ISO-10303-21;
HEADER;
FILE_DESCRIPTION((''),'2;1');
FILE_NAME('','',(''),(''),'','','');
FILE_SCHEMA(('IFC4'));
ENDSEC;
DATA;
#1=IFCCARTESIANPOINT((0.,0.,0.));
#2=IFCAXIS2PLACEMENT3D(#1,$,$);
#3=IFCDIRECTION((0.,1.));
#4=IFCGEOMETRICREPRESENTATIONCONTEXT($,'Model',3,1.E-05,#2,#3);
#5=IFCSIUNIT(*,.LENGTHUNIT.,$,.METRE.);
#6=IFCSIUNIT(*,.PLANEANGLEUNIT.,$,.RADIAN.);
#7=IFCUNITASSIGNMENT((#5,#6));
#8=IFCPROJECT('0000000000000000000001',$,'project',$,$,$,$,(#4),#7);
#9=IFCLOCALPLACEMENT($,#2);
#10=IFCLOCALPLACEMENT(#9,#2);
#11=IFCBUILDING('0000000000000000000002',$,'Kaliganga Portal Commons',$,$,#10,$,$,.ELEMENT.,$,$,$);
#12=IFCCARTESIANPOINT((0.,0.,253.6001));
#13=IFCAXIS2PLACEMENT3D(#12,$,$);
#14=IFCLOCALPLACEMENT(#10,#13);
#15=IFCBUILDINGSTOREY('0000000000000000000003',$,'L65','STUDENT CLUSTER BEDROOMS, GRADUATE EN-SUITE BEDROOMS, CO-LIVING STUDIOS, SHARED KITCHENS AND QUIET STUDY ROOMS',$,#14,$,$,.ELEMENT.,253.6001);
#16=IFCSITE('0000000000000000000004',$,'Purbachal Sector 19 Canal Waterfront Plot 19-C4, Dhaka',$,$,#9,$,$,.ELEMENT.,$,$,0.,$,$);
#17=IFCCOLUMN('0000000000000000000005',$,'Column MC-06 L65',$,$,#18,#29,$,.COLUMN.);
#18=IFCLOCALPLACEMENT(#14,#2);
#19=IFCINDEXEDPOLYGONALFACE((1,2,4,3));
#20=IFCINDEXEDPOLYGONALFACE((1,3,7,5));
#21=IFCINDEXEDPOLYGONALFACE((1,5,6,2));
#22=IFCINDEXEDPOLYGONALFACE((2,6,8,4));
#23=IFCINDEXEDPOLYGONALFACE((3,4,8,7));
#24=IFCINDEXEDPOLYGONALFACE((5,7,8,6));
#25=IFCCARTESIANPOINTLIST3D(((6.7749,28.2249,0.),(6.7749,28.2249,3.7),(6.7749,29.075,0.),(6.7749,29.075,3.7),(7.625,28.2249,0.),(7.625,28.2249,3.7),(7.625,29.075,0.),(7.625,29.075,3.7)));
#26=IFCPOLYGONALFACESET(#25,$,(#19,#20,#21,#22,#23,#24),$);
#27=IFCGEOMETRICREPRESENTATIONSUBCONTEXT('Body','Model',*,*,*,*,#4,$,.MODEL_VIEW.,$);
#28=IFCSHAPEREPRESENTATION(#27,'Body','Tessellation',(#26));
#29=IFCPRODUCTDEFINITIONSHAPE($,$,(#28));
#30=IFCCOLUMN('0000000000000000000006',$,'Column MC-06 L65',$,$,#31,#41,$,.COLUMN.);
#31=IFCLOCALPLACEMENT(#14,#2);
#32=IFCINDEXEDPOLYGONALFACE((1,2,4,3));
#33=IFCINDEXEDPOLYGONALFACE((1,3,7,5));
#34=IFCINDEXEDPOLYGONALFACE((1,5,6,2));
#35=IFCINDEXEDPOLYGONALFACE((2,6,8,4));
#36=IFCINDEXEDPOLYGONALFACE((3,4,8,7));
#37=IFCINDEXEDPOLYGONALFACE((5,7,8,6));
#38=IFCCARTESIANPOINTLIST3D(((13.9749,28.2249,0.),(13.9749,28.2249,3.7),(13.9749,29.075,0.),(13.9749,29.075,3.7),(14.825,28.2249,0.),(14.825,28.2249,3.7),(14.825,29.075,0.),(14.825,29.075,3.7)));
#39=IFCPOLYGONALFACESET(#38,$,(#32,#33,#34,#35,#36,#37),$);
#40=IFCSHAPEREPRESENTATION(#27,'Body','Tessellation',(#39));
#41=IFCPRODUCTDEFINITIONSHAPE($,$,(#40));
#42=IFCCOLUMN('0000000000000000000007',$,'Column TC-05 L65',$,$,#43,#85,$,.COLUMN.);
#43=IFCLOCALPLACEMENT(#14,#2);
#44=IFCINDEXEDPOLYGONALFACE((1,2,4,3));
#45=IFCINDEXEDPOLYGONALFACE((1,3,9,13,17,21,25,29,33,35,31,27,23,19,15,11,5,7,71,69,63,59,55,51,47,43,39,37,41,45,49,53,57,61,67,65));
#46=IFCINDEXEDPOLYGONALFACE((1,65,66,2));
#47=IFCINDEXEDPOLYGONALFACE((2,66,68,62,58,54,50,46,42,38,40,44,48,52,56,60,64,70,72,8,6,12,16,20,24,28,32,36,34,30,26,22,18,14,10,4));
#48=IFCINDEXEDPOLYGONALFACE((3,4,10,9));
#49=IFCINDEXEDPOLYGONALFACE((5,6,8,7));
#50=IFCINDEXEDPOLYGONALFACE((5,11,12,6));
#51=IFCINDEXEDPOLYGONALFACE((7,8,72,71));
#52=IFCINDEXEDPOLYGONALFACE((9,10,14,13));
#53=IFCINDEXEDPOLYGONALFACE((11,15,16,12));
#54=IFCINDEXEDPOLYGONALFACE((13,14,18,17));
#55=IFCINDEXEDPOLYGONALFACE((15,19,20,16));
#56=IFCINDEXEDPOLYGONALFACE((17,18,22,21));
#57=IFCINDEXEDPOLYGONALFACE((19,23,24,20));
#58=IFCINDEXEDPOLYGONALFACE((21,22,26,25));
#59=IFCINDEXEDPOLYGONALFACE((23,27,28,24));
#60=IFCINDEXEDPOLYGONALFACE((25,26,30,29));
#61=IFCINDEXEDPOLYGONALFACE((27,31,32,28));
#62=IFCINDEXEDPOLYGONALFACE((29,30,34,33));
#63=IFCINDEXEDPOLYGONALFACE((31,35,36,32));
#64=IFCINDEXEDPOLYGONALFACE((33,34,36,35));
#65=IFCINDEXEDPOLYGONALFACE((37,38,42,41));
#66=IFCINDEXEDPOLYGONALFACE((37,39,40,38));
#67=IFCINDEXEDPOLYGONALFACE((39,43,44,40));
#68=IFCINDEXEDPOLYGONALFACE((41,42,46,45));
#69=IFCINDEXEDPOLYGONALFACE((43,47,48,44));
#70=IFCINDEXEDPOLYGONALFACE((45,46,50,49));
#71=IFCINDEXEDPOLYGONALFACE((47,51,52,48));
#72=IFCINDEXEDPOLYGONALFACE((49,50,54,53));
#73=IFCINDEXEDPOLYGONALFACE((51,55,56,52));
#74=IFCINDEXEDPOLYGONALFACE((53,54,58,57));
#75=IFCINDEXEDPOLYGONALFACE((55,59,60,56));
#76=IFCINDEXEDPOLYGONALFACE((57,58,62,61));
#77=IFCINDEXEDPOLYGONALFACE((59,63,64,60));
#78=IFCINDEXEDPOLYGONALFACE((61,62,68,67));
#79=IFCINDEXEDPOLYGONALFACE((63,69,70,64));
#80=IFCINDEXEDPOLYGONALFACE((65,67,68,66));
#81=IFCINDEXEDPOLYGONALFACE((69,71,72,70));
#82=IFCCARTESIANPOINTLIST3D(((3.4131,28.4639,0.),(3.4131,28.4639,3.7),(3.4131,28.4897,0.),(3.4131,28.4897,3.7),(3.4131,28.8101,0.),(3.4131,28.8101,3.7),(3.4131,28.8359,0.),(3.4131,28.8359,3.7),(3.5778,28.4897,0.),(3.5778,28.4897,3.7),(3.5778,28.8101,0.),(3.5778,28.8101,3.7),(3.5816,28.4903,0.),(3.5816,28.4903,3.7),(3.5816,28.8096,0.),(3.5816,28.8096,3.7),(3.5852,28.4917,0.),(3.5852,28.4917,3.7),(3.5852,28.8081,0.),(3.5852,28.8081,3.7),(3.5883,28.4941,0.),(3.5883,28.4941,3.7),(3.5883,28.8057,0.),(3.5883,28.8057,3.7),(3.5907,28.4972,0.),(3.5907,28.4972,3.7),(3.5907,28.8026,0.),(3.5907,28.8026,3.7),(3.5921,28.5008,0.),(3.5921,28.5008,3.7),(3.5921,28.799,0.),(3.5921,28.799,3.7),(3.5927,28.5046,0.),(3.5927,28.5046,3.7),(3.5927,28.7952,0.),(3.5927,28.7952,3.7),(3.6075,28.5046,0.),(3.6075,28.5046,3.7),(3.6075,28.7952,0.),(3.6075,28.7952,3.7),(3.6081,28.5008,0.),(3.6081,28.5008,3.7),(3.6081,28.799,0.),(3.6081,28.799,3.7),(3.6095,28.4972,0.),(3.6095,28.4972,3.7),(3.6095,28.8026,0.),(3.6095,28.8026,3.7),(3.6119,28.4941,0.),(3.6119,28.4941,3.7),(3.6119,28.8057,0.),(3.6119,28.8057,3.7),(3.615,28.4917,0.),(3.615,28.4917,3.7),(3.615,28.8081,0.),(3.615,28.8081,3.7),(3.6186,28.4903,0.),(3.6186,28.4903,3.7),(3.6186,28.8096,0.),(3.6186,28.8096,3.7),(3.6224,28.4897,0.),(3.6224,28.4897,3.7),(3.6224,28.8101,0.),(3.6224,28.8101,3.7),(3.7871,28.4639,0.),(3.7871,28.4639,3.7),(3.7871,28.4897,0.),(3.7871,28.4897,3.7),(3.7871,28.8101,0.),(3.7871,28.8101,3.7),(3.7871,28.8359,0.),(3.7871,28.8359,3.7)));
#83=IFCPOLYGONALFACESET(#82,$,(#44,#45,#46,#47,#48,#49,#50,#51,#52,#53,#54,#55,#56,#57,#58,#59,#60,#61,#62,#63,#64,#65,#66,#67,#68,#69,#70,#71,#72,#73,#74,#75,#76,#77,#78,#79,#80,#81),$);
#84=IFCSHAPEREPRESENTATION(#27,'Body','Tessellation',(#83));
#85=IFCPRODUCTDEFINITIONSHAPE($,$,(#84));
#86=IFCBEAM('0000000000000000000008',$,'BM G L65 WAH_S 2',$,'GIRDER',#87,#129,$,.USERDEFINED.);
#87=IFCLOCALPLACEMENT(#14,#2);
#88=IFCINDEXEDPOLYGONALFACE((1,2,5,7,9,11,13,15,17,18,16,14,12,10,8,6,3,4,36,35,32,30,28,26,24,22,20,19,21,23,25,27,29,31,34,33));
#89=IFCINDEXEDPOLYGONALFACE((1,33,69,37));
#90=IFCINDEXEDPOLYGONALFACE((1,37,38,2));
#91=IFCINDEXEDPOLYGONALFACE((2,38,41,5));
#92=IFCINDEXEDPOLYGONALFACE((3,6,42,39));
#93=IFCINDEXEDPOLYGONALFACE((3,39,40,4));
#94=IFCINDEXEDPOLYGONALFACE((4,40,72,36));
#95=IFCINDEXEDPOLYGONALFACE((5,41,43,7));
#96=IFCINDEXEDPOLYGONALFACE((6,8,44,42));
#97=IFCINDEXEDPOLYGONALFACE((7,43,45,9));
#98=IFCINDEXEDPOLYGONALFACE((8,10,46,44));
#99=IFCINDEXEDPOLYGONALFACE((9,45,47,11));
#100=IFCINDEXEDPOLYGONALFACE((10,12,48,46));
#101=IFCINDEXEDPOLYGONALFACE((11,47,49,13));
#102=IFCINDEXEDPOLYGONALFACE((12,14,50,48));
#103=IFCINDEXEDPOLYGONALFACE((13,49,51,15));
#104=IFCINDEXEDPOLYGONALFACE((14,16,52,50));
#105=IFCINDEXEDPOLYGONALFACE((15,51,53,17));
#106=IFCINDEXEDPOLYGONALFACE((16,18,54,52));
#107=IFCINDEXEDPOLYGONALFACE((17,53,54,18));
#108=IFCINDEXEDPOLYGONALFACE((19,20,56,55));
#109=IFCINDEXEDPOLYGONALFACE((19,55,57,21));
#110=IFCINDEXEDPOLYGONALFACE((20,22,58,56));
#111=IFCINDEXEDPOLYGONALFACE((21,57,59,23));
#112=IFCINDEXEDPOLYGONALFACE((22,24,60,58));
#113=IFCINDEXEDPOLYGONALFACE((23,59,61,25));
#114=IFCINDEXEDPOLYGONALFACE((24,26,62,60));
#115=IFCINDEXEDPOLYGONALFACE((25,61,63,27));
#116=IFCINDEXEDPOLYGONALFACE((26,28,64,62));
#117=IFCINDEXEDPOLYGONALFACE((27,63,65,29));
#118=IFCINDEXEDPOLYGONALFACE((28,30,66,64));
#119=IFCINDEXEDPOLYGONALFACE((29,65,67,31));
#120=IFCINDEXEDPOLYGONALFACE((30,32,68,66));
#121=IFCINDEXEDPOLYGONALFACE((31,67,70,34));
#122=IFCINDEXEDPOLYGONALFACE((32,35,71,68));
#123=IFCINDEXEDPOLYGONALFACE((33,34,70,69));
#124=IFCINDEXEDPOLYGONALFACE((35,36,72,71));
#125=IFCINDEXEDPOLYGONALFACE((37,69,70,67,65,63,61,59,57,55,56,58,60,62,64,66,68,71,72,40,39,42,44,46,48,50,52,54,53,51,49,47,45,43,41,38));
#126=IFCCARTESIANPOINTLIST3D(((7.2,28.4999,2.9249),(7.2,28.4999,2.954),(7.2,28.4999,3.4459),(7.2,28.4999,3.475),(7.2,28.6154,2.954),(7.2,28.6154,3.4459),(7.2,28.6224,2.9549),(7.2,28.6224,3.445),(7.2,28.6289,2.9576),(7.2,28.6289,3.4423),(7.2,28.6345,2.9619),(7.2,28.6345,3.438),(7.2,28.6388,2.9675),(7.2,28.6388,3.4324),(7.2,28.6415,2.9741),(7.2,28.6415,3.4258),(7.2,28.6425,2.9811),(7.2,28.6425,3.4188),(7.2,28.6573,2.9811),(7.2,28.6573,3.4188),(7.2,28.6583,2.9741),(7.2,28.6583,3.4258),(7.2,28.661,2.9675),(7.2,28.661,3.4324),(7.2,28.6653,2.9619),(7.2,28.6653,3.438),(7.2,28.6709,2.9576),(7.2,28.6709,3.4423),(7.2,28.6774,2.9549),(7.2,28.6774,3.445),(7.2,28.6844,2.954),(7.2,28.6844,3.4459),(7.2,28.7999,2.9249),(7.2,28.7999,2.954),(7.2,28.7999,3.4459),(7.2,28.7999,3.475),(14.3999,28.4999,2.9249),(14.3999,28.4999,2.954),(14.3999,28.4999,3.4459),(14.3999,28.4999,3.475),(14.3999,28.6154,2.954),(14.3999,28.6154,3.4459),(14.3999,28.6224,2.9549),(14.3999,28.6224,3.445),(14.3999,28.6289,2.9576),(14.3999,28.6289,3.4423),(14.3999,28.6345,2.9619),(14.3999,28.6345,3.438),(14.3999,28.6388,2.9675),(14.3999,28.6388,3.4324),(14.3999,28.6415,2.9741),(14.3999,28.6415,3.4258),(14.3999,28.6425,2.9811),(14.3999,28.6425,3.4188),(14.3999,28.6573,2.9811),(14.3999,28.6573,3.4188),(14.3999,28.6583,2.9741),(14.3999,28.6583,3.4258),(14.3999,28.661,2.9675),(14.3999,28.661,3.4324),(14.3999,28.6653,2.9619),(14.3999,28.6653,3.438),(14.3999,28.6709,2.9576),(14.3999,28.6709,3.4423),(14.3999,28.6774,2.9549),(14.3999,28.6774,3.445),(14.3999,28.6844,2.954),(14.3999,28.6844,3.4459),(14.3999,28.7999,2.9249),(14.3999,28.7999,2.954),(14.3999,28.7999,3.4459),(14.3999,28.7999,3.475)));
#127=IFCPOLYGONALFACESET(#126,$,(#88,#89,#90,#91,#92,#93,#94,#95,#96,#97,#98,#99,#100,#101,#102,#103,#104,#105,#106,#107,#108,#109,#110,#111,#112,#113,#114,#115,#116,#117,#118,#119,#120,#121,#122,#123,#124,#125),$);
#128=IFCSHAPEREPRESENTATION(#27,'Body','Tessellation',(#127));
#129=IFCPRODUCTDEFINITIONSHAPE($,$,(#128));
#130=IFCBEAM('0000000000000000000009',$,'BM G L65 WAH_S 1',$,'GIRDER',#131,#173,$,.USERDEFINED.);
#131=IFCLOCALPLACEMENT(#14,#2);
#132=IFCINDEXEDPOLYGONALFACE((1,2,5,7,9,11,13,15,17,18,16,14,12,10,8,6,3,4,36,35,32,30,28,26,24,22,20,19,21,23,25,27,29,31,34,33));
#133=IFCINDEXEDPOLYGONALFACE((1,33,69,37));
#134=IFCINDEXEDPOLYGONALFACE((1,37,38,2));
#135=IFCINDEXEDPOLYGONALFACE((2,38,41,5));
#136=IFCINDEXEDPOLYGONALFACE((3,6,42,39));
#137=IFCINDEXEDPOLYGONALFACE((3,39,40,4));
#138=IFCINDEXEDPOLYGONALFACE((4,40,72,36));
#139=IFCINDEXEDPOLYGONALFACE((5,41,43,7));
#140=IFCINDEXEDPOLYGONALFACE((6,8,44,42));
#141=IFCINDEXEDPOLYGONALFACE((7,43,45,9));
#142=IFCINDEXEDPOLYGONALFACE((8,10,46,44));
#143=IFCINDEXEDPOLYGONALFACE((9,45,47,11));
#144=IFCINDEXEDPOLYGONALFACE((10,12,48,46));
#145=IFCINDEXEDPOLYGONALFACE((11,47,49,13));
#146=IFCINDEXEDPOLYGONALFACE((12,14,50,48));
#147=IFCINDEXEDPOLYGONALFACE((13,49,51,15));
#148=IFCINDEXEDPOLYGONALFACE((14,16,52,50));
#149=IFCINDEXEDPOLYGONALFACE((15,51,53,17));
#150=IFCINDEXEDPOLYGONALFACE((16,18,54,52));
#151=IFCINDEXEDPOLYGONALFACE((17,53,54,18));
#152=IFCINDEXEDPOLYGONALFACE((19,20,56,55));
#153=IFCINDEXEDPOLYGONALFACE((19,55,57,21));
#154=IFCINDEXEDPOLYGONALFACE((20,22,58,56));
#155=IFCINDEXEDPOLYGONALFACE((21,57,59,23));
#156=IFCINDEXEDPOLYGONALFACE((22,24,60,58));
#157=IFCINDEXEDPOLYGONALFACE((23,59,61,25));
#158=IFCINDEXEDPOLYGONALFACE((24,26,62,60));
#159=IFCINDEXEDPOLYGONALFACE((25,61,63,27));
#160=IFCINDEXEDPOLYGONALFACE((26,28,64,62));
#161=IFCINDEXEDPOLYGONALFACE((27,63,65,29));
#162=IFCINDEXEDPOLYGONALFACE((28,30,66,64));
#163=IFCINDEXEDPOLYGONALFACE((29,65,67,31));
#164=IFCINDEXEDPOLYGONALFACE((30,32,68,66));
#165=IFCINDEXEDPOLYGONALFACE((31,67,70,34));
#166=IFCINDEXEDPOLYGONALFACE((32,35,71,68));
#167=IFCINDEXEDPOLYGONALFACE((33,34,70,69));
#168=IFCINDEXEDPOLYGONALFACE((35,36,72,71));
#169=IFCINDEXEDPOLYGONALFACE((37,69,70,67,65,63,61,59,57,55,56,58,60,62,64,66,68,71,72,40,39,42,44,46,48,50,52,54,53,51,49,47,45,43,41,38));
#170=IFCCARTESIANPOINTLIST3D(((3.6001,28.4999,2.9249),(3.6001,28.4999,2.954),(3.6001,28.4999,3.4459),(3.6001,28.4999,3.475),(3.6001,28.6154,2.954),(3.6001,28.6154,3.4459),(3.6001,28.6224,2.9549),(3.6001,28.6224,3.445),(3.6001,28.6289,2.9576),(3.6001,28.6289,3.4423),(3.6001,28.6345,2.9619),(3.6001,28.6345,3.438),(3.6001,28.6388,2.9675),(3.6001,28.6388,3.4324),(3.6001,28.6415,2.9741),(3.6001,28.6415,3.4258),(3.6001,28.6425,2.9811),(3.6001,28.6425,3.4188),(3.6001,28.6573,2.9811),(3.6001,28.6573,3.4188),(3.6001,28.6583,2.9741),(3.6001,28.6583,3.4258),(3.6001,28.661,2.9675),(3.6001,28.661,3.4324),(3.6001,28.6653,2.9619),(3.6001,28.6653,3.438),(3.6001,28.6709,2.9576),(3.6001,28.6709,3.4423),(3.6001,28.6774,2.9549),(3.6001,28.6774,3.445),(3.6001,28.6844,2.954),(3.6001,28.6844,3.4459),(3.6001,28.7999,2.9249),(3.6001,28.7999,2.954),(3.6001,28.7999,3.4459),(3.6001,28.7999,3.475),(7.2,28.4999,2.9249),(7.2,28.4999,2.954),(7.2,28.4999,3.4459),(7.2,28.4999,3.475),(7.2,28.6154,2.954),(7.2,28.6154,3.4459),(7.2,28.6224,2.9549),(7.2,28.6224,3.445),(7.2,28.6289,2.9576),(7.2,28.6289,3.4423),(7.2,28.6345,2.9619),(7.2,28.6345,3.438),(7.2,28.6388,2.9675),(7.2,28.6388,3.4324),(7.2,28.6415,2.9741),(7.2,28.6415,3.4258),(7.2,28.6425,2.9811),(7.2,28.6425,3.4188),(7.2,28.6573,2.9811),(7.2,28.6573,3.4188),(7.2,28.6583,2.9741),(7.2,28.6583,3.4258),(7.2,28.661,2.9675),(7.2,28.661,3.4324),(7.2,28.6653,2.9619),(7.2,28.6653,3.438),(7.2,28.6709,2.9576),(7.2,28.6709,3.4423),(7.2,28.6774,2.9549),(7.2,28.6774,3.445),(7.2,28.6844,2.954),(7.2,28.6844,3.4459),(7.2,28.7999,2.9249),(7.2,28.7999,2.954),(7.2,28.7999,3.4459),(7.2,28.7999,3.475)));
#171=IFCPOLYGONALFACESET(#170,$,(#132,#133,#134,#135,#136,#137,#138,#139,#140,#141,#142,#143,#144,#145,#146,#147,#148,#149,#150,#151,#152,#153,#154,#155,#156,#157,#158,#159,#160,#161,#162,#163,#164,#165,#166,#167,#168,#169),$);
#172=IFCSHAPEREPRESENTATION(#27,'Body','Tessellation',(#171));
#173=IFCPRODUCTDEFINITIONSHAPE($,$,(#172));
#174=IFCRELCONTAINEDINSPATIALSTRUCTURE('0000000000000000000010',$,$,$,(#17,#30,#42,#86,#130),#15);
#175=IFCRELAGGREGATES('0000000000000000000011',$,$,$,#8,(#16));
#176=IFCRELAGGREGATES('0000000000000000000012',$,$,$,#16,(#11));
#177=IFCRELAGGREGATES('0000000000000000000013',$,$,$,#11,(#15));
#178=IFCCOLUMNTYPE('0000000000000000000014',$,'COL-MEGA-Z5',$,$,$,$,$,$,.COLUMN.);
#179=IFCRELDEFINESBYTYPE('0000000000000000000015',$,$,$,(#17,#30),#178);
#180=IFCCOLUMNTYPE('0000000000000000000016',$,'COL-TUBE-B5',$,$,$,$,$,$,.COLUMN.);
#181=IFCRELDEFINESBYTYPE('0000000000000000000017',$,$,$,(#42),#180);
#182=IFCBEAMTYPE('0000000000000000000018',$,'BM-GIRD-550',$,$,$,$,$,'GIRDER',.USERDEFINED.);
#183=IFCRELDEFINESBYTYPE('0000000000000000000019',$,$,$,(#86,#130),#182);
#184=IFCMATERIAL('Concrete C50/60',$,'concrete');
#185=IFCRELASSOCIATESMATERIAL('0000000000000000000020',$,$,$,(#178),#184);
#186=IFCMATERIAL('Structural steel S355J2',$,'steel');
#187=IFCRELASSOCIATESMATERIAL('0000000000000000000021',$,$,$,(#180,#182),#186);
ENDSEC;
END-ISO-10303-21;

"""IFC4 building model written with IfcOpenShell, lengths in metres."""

from ifc_helpers import new_model, si_unit, direction, frame, origin, origin_2d, place, context, subcontext, project, spatial, rectangle, i_section, extrude, source, transform, mapped, material, material_profile, profile_set, type_object, element, save


model = new_model("IFC4")

# Units and contexts
model_context = context("Model", 3, precision=1e-05, world=origin(), true_north=direction((0.0, 1.0)))
body_context = subcontext(model_context, "Body", "Model", "MODEL_VIEW")
ifc_project = project(units=[si_unit("LENGTHUNIT", "METRE"), si_unit("PLANEANGLEUNIT", "RADIAN")], contexts=[model_context])

# Site, building, storey
site_placement = place(None, origin())
site = spatial("IfcSite", under=ifc_project, at=site_placement, Name="Purbachal Sector 19 Canal Waterfront Plot 19-C4, Dhaka", CompositionType="ELEMENT", RefElevation=0.0)
building_placement = place(site_placement, origin())
building = spatial("IfcBuilding", under=site, at=building_placement, Name="Kaliganga Portal Commons", CompositionType="ELEMENT")
storey_placement = place(building_placement, frame((0.0, 0.0, 253.6001)))
storey = spatial("IfcBuildingStorey", under=building, at=storey_placement, Name="L65", Description="STUDENT CLUSTER BEDROOMS, GRADUATE EN-SUITE BEDROOMS, CO-LIVING STUDIOS, SHARED KITCHENS AND QUIET STUDY ROOMS", CompositionType="ELEMENT", Elevation=253.6001)

# Columns
ifc_material_1 = material(Name="Concrete C50/60", Category="concrete")
ifc_material_profile_1 = material_profile(ifc_material_1, rectangle(XDim=0.8501, YDim=0.8501, at=origin_2d()), Name="RC 850x850")
ifc_profile_set_1 = profile_set([ifc_material_profile_1], Name="Concrete C50/60")
column_type_1 = type_object("IfcColumnType", Name="COL-MEGA-Z5", PredefinedType="COLUMN", material=ifc_profile_set_1)
shared_shape_1 = source(origin(), body_context, "Body", "SweptSolid", [
    extrude(rectangle(XDim=0.8501, YDim=0.8501, at=origin_2d()), origin(), (0.0, 0.0, 1.0), 3.7),
])
for number, where, z_axis, x_axis, name in (
    (1, (7.2, 28.6499, 0.0), (0.0, 0.0, 1.0), (1.0, 0.0, 0.0), "Column MC-06 L65"),
    (2, (14.3999, 28.6499, 0.0), (0.0, 0.0, 1.0), (1.0, 0.0, 0.0), "Column MC-06 L65"),
):
    element("IfcColumn", number, at=place(storey_placement, frame(where, z_axis=z_axis, x_axis=x_axis)), inside=storey, type_object=column_type_1, Name=name, PredefinedType="COLUMN", context=body_context, shape_type="MappedRepresentation", body=[
        mapped(shared_shape_1, transform((0.0, 0.0, 0.0), x_axis=(1.0, 0.0, 0.0), y_axis=(0.0, 1.0, 0.0), z_axis=(0.0, 0.0, 1.0), scale=1.0)),
    ])
ifc_material_2 = material(Name="Structural steel S355J2", Category="steel")
ifc_material_profile_2 = material_profile(ifc_material_2, i_section(OverallWidth=0.374, OverallDepth=0.3721, WebThickness=0.0149, FlangeThickness=0.0259, FilletRadius=0.0149, at=origin_2d()), Name="HD 360x196")
ifc_profile_set_2 = profile_set([ifc_material_profile_2], Name="Structural steel S355J2 wide-flange")
column_type_2 = type_object("IfcColumnType", Name="COL-TUBE-B5", PredefinedType="COLUMN", material=ifc_profile_set_2)
shared_shape_2 = source(origin(), body_context, "Body", "SweptSolid", [
    extrude(i_section(OverallWidth=0.374, OverallDepth=0.3721, WebThickness=0.0149, FlangeThickness=0.0259, FilletRadius=0.0149, at=origin_2d()), origin(), (0.0, 0.0, 1.0), 3.7),
])
column_placement = place(storey_placement, frame((3.6001, 28.6499, 0.0), z_axis=(0.0, 0.0, 1.0), x_axis=(1.0, 0.0, 0.0)))
element("IfcColumn", 3, at=column_placement, inside=storey, type_object=column_type_2, Name="Column TC-05 L65", PredefinedType="COLUMN", context=body_context, shape_type="MappedRepresentation", body=[
    mapped(shared_shape_2, transform((0.0, 0.0, 0.0), x_axis=(1.0, 0.0, 0.0), y_axis=(0.0, 1.0, 0.0), z_axis=(0.0, 0.0, 1.0), scale=1.0)),
])

# Beams
ifc_material_profile_3 = material_profile(ifc_material_2, i_section(OverallWidth=0.3, OverallDepth=0.55, WebThickness=0.0149, FlangeThickness=0.0291, FilletRadius=0.0271, at=origin_2d()), Name="HE 550 B")
ifc_profile_set_3 = profile_set([ifc_material_profile_3], Name="Structural steel S355J2 wide-flange")
beam_type_1 = type_object("IfcBeamType", Name="BM-GIRD-550", ElementType="GIRDER", PredefinedType="USERDEFINED", material=ifc_profile_set_3)
shared_shape_3 = source(origin(), body_context, "Body", "SweptSolid", [
    extrude(i_section(OverallWidth=0.3, OverallDepth=0.55, WebThickness=0.0149, FlangeThickness=0.0291, FilletRadius=0.0271, at=origin_2d()), origin(), (0.0, 0.0, 1.0), 7.2),
])
beam_1_placement = place(storey_placement, frame((7.2, 28.6499, 3.2), z_axis=(1.0, 0.0, 0.0), x_axis=(0.0, 1.0, 0.0)))
element("IfcBeam", 4, at=beam_1_placement, inside=storey, type_object=beam_type_1, Name="BM G L65 WAH_S 2", ObjectType="GIRDER", PredefinedType="USERDEFINED", context=body_context, shape_type="MappedRepresentation", body=[
    mapped(shared_shape_3, transform((0.0, 0.0, 0.0), x_axis=(1.0, 0.0, 0.0), y_axis=(0.0, 1.0, 0.0), z_axis=(0.0, 0.0, 1.0), scale=1.0)),
])
shared_shape_4 = source(origin(), body_context, "Body", "SweptSolid", [
    extrude(i_section(OverallWidth=0.3, OverallDepth=0.55, WebThickness=0.0149, FlangeThickness=0.0291, FilletRadius=0.0271, at=origin_2d()), origin(), (0.0, 0.0, 1.0), 3.5999),
])
beam_2_placement = place(storey_placement, frame((3.6001, 28.6499, 3.2), z_axis=(1.0, 0.0, 0.0), x_axis=(0.0, 1.0, 0.0)))
element("IfcBeam", 5, at=beam_2_placement, inside=storey, type_object=beam_type_1, Name="BM G L65 WAH_S 1", ObjectType="GIRDER", PredefinedType="USERDEFINED", context=body_context, shape_type="MappedRepresentation", body=[
    mapped(shared_shape_4, transform((0.0, 0.0, 0.0), x_axis=(1.0, 0.0, 0.0), y_axis=(0.0, 1.0, 0.0), z_axis=(0.0, 0.0, 1.0), scale=1.0)),
])

save(model, "model.ifc")
